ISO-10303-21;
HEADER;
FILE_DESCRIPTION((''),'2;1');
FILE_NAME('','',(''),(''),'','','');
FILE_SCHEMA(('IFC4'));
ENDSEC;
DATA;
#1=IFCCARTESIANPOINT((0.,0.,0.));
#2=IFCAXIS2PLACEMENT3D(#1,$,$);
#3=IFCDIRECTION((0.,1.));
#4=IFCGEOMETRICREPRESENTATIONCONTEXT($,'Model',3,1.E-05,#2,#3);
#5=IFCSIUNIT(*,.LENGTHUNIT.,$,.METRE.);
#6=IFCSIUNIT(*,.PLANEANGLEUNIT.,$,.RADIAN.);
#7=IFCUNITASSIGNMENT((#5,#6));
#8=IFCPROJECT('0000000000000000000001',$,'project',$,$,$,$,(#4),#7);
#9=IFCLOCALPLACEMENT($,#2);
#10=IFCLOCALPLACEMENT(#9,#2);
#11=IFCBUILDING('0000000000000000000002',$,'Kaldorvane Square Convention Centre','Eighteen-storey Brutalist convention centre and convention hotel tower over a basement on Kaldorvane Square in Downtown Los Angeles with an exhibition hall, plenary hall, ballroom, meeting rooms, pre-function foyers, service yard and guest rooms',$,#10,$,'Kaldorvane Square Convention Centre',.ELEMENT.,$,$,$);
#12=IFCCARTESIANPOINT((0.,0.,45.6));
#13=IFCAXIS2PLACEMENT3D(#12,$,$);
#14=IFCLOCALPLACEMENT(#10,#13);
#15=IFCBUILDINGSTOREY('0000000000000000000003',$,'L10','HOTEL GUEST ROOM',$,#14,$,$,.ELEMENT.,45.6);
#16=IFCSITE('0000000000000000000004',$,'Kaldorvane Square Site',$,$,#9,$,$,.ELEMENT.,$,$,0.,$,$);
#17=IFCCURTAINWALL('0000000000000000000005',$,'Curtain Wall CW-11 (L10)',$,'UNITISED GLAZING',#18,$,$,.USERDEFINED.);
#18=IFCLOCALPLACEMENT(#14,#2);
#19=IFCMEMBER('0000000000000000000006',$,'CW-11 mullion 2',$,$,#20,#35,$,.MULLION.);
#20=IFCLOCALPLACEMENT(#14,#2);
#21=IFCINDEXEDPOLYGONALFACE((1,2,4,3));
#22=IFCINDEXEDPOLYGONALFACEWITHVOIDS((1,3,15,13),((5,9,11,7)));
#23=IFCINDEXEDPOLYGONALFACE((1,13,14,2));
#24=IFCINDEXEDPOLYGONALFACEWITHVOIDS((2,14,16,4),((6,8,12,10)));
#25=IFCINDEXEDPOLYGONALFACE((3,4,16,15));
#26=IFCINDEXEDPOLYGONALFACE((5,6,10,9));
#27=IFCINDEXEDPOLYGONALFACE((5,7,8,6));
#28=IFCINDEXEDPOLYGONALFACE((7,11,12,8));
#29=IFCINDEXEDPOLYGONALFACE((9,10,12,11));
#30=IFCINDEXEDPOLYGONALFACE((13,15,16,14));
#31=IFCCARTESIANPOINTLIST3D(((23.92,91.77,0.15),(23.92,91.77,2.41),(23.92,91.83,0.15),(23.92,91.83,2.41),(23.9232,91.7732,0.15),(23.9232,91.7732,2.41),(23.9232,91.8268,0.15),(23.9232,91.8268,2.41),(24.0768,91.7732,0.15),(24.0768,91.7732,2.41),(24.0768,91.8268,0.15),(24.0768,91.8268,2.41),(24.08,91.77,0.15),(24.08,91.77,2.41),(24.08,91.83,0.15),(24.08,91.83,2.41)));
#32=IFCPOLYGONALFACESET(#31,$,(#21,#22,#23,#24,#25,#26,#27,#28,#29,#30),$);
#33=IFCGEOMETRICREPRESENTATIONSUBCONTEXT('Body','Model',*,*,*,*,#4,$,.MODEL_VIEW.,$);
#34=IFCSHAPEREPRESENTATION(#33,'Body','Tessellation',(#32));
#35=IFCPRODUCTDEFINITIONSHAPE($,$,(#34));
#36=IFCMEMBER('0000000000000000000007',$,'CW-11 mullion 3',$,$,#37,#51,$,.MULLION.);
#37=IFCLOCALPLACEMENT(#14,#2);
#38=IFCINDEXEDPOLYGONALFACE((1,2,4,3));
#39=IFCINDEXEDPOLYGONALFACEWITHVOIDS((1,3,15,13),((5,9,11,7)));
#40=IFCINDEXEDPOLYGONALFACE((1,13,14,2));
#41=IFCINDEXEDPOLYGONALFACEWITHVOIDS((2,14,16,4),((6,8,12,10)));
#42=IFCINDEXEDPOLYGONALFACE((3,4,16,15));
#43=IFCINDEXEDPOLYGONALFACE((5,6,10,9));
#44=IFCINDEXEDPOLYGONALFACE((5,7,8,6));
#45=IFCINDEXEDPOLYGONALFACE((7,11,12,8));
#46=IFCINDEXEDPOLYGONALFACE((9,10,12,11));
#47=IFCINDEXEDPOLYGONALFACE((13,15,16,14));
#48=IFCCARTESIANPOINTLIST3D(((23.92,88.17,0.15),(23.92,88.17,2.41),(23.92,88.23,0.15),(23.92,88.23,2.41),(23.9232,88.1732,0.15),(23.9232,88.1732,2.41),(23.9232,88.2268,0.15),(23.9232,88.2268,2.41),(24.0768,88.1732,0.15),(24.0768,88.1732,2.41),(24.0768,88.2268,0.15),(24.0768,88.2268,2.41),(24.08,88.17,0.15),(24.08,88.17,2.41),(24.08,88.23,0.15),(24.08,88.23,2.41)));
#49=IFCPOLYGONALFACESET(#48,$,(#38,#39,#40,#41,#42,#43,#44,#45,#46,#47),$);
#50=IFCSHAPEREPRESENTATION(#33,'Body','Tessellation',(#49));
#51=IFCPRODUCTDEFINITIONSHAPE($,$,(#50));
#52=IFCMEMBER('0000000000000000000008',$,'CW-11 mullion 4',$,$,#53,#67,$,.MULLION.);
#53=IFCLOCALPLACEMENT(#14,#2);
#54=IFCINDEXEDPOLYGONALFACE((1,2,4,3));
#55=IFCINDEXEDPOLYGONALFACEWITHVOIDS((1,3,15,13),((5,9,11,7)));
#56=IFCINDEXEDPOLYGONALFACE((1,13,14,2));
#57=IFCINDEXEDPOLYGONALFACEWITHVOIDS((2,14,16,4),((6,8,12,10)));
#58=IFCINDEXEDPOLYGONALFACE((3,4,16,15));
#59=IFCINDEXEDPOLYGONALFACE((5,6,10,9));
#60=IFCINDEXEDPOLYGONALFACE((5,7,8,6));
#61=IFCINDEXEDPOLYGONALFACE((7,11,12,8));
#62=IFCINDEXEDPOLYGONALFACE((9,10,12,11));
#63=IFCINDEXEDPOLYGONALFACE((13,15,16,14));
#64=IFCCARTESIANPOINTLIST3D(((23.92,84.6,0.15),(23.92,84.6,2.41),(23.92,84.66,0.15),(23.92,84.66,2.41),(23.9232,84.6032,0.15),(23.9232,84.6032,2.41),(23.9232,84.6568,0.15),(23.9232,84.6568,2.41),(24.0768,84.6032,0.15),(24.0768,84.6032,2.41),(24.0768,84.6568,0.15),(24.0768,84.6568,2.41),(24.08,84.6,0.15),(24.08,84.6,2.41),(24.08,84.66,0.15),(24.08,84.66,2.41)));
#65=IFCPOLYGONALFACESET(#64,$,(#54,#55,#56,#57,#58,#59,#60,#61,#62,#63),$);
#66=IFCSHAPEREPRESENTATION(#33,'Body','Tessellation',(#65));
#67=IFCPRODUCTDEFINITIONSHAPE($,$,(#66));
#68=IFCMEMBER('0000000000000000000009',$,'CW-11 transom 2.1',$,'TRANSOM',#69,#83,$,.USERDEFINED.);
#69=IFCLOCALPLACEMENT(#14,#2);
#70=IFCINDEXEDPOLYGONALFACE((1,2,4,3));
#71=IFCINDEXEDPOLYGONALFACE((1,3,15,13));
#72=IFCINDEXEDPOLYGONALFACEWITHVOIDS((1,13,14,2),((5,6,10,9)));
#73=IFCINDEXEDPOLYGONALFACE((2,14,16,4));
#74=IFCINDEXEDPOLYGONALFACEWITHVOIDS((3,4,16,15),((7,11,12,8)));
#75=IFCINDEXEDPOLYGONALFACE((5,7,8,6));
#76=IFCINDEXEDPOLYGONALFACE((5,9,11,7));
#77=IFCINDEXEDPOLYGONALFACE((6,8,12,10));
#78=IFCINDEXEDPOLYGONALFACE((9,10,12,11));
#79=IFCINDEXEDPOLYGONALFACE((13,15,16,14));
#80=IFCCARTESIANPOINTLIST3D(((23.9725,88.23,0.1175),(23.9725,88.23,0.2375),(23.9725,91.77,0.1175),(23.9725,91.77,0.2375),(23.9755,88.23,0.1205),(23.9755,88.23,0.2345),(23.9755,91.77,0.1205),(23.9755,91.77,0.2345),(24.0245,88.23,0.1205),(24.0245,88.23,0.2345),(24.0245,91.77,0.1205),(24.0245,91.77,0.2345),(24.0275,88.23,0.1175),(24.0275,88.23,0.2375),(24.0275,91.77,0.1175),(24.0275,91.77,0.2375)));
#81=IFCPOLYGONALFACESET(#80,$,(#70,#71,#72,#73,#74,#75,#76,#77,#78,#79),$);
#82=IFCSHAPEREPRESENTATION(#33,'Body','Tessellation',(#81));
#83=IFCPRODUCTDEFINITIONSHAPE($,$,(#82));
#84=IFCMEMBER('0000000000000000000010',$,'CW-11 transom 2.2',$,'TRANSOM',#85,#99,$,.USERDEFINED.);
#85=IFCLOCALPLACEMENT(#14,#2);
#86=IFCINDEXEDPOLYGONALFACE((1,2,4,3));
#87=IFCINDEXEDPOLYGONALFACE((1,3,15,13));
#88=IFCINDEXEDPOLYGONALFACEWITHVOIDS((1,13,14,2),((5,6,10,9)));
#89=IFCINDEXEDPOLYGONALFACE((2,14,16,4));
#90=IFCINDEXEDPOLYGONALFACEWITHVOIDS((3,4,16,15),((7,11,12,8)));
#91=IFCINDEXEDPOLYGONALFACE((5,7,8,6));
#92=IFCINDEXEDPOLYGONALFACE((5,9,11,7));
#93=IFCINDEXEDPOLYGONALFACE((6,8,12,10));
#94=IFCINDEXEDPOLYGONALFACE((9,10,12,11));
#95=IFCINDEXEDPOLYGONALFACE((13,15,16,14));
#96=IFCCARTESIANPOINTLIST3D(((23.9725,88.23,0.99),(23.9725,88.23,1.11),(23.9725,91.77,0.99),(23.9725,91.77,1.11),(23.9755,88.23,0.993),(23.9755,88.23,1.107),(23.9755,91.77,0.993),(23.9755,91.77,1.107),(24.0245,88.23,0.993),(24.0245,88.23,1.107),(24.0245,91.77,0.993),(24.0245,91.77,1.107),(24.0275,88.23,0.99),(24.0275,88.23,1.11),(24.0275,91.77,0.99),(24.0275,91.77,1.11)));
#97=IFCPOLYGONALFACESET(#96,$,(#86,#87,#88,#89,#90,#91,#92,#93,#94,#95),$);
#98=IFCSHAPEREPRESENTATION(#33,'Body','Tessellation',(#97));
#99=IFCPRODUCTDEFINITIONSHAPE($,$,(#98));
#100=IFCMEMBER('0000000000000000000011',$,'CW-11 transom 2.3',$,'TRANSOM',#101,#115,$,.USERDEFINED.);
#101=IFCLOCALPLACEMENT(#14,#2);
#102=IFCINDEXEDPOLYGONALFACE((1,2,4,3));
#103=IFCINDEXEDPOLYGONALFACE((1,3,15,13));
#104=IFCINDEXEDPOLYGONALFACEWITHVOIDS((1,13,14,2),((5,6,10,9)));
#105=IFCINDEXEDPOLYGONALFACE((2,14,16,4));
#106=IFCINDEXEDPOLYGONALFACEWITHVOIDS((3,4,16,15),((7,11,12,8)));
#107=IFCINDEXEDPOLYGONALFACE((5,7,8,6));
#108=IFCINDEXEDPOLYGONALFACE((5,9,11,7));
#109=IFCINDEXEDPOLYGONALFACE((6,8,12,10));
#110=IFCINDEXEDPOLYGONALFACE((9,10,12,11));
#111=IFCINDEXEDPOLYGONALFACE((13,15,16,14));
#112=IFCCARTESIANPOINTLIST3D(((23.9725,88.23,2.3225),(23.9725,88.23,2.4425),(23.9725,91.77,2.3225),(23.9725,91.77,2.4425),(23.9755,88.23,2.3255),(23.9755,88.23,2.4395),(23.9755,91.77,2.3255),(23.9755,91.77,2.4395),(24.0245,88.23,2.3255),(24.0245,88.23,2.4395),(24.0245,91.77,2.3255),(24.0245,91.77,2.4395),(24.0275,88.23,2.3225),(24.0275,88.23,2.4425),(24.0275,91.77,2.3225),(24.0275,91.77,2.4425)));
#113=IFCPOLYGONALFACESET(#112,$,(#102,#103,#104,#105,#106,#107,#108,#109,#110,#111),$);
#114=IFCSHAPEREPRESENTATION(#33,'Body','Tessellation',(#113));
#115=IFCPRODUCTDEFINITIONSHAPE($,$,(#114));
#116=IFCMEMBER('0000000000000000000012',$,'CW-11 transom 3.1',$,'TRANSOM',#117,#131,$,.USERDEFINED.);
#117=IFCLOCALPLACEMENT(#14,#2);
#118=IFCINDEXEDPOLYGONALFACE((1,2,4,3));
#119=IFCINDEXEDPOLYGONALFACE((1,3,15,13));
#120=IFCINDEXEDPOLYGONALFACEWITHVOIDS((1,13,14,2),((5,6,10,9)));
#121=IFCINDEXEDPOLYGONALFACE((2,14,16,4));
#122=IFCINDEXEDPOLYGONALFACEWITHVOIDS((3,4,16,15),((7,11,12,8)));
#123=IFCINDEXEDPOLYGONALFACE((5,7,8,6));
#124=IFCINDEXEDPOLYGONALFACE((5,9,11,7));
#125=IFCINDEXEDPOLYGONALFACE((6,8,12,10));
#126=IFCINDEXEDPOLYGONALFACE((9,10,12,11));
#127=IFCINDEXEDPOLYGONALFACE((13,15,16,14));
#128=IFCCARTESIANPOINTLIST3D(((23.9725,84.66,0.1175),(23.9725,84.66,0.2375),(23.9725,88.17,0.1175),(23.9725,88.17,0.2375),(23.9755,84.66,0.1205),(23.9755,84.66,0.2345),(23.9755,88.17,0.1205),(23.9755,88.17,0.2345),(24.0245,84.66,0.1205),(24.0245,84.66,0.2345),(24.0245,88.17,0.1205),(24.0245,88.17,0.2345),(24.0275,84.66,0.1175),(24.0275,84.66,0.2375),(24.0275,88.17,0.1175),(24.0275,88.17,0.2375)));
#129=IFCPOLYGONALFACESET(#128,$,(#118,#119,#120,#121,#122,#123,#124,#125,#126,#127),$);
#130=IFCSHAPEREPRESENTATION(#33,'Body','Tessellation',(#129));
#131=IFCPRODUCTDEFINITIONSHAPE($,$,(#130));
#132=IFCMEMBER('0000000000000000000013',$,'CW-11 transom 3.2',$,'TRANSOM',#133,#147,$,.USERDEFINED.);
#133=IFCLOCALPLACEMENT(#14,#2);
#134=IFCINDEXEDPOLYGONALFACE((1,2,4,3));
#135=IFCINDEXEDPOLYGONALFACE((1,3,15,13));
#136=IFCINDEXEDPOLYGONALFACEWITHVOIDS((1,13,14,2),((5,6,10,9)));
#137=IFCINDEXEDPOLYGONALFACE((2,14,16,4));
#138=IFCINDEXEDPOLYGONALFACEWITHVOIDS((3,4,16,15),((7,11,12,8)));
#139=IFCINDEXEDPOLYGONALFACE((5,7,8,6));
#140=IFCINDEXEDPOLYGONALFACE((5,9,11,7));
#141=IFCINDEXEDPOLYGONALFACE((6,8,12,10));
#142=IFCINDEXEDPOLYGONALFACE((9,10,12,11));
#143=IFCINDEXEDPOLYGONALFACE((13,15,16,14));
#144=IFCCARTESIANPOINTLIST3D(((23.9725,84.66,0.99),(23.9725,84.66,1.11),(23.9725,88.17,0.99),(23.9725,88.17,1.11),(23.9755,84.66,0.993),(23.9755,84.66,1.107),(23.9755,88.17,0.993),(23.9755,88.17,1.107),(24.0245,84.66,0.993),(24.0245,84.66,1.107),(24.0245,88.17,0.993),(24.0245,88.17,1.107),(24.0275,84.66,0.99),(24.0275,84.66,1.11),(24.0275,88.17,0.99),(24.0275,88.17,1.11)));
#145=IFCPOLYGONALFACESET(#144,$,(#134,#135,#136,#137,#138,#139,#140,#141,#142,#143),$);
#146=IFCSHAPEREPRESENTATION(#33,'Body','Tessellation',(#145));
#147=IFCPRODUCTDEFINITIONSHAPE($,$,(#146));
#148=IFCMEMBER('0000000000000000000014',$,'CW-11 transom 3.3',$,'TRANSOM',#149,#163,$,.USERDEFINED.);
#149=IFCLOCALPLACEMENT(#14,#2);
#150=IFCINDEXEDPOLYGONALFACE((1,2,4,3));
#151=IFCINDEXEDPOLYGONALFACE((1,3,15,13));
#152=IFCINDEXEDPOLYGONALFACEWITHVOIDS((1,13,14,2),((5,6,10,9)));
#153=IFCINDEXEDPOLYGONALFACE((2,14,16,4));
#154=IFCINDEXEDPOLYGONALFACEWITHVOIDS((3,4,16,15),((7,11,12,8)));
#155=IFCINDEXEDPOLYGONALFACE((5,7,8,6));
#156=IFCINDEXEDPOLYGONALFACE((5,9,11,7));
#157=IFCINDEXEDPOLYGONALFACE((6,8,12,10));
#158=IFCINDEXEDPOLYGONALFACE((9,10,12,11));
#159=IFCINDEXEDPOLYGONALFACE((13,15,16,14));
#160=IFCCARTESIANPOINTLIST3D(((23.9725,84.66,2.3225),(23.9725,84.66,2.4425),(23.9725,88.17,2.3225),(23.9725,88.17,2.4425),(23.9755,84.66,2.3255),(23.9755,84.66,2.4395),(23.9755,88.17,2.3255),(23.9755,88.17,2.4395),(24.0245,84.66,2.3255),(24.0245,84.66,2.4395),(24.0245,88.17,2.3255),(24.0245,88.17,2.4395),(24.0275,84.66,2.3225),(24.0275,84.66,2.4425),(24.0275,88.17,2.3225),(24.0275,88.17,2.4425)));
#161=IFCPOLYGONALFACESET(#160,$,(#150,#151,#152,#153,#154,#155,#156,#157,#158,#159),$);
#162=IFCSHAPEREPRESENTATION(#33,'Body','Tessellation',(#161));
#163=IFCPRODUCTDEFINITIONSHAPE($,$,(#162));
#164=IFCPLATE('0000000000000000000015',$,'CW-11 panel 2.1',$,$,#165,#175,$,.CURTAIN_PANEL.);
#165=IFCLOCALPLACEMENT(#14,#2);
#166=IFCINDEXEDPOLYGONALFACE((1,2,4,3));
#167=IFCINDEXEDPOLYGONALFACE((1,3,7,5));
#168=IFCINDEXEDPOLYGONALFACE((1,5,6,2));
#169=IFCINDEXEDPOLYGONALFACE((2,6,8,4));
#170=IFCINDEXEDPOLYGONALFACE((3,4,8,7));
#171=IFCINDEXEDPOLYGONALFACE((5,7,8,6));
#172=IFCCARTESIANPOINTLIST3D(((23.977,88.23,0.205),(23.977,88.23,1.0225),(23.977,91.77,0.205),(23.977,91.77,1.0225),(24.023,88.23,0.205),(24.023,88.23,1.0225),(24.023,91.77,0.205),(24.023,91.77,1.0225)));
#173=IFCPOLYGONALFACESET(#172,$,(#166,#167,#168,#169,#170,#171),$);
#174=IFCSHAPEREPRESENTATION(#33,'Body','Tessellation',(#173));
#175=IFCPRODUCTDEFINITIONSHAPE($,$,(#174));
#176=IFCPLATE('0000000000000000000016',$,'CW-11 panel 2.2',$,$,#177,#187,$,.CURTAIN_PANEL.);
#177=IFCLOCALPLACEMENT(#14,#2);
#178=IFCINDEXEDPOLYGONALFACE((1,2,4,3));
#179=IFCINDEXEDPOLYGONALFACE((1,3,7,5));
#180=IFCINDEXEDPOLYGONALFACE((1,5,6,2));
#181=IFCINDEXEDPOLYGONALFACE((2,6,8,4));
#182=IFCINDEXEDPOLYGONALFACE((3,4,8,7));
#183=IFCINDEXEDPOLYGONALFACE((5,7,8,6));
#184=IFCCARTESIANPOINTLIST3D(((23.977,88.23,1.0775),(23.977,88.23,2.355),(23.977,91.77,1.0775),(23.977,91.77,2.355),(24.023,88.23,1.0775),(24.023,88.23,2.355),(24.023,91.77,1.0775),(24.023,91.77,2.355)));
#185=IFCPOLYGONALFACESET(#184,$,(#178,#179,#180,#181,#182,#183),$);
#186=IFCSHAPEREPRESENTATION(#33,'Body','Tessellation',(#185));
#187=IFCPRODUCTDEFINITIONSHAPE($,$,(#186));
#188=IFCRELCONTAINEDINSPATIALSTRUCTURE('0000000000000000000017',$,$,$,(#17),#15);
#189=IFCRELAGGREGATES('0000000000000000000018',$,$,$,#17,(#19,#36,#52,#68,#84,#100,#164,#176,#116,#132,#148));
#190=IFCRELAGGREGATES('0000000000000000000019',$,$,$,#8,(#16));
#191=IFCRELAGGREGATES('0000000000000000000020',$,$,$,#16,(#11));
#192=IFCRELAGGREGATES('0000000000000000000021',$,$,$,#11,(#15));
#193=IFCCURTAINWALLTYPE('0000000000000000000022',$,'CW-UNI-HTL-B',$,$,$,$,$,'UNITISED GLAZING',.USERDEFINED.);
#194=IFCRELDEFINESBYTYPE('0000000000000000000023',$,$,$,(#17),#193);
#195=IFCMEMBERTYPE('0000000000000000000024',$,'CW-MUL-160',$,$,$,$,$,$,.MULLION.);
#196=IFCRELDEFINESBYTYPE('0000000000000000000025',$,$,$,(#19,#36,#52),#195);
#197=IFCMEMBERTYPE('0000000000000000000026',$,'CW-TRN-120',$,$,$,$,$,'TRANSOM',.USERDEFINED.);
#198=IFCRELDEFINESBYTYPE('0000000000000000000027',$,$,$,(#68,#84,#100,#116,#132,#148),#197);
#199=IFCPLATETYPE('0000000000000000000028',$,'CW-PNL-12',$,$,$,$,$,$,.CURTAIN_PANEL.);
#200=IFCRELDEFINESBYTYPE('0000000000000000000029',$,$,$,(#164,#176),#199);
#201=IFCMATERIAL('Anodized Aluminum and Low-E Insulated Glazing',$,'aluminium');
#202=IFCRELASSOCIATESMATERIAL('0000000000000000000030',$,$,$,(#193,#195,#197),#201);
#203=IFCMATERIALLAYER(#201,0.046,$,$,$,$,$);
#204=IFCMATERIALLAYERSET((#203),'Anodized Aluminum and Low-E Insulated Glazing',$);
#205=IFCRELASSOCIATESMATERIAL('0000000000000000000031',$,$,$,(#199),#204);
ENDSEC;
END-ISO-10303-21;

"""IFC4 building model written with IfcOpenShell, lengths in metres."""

from ifc_helpers import new_model, si_unit, direction, frame, origin, origin_2d, place, context, subcontext, project, spatial, rectangle, hollow_rectangle, extrude, material, layer, layer_set, material_profile, profile_set, type_object, element, aggregate, save


model = new_model("IFC4")

# Units and contexts
model_context = context("Model", 3, precision=1e-05, world=origin(), true_north=direction((0.0, 1.0)))
body_context = subcontext(model_context, "Body", "Model", "MODEL_VIEW")
ifc_project = project(units=[si_unit("LENGTHUNIT", "METRE"), si_unit("PLANEANGLEUNIT", "RADIAN")], contexts=[model_context])

# Site, building, storey
site_placement = place(None, origin())
site = spatial("IfcSite", under=ifc_project, at=site_placement, Name="Kaldorvane Square Site", CompositionType="ELEMENT", RefElevation=0.0)
building_placement = place(site_placement, origin())
building = spatial("IfcBuilding", under=site, at=building_placement, Name="Kaldorvane Square Convention Centre", Description="Eighteen-storey Brutalist convention centre and convention hotel tower over a basement on Kaldorvane Square in Downtown Los Angeles with an exhibition hall, plenary hall, ballroom, meeting rooms, pre-function foyers, service yard and guest rooms", LongName="Kaldorvane Square Convention Centre", CompositionType="ELEMENT")
storey_placement = place(building_placement, frame((0.0, 0.0, 45.6)))
storey = spatial("IfcBuildingStorey", under=building, at=storey_placement, Name="L10", Description="HOTEL GUEST ROOM", CompositionType="ELEMENT", Elevation=45.6)

# Curtain wall, members, plates
ifc_material_1 = material(Name="Anodized Aluminum and Low-E Insulated Glazing", Category="aluminium")
curtain_wall_type = type_object("IfcCurtainWallType", Name="CW-UNI-HTL-B", ElementType="UNITISED GLAZING", PredefinedType="USERDEFINED", material=ifc_material_1)
curtain_wall_placement = place(storey_placement, origin())
curtain_wall = element("IfcCurtainWall", 1, at=curtain_wall_placement, inside=storey, type_object=curtain_wall_type, Name="Curtain Wall CW-11 (L10)", ObjectType="UNITISED GLAZING", PredefinedType="USERDEFINED")
ifc_material_profile_1 = material_profile(ifc_material_1, hollow_rectangle(XDim=0.06, YDim=0.16, WallThickness=0.0032, at=origin_2d()), Name="CWM-160X60")
ifc_profile_set_1 = profile_set([ifc_material_profile_1], Name="Anodized Aluminum and Low-E Insulated Glazing")
member_type_1 = type_object("IfcMemberType", Name="CW-MUL-160", PredefinedType="MULLION", material=ifc_profile_set_1)
member_1_placement = place(storey_placement, frame((24.0, 91.8, 0.15), z_axis=(0.0, 0.0, 1.0), x_axis=(0.0, -1.0, 0.0)))
member_1 = element("IfcMember", 2, at=member_1_placement, type_object=member_type_1, Name="CW-11 mullion 2", PredefinedType="MULLION", context=body_context, shape_type="SweptSolid", body=[
    extrude(hollow_rectangle(XDim=0.06, YDim=0.16, WallThickness=0.0032, at=origin_2d()), origin(), (0.0, 0.0, 1.0), 2.26),
])
member_2_placement = place(storey_placement, frame((24.0, 88.2, 0.15), z_axis=(0.0, 0.0, 1.0), x_axis=(0.0, -1.0, 0.0)))
member_2 = element("IfcMember", 3, at=member_2_placement, type_object=member_type_1, Name="CW-11 mullion 3", PredefinedType="MULLION", context=body_context, shape_type="SweptSolid", body=[
    extrude(hollow_rectangle(XDim=0.06, YDim=0.16, WallThickness=0.0032, at=origin_2d()), origin(), (0.0, 0.0, 1.0), 2.26),
])
member_3_placement = place(storey_placement, frame((24.0, 84.63, 0.15), z_axis=(0.0, 0.0, 1.0), x_axis=(0.0, -1.0, 0.0)))
member_3 = element("IfcMember", 4, at=member_3_placement, type_object=member_type_1, Name="CW-11 mullion 4", PredefinedType="MULLION", context=body_context, shape_type="SweptSolid", body=[
    extrude(hollow_rectangle(XDim=0.06, YDim=0.16, WallThickness=0.0032, at=origin_2d()), origin(), (0.0, 0.0, 1.0), 2.26),
])
ifc_material_profile_2 = material_profile(ifc_material_1, hollow_rectangle(XDim=0.055, YDim=0.12, WallThickness=0.003, at=origin_2d()), Name="CWT-120X55")
ifc_profile_set_2 = profile_set([ifc_material_profile_2], Name="Anodized Aluminum and Low-E Insulated Glazing")
member_type_2 = type_object("IfcMemberType", Name="CW-TRN-120", ElementType="TRANSOM", PredefinedType="USERDEFINED", material=ifc_profile_set_2)
member_4_placement = place(storey_placement, frame((24.0, 91.77, 0.1775), z_axis=(0.0, -1.0, 0.0), x_axis=(1.0, 0.0, 0.0)))
member_4 = element("IfcMember", 5, at=member_4_placement, type_object=member_type_2, Name="CW-11 transom 2.1", ObjectType="TRANSOM", PredefinedType="USERDEFINED", context=body_context, shape_type="SweptSolid", body=[
    extrude(hollow_rectangle(XDim=0.055, YDim=0.12, WallThickness=0.003, at=origin_2d()), origin(), (0.0, 0.0, 1.0), 3.54),
])
member_5_placement = place(storey_placement, frame((24.0, 91.77, 1.05), z_axis=(0.0, -1.0, 0.0), x_axis=(1.0, 0.0, 0.0)))
member_5 = element("IfcMember", 6, at=member_5_placement, type_object=member_type_2, Name="CW-11 transom 2.2", ObjectType="TRANSOM", PredefinedType="USERDEFINED", context=body_context, shape_type="SweptSolid", body=[
    extrude(hollow_rectangle(XDim=0.055, YDim=0.12, WallThickness=0.003, at=origin_2d()), origin(), (0.0, 0.0, 1.0), 3.54),
])
member_6_placement = place(storey_placement, frame((24.0, 91.77, 2.3825), z_axis=(0.0, -1.0, 0.0), x_axis=(1.0, 0.0, 0.0)))
member_6 = element("IfcMember", 7, at=member_6_placement, type_object=member_type_2, Name="CW-11 transom 2.3", ObjectType="TRANSOM", PredefinedType="USERDEFINED", context=body_context, shape_type="SweptSolid", body=[
    extrude(hollow_rectangle(XDim=0.055, YDim=0.12, WallThickness=0.003, at=origin_2d()), origin(), (0.0, 0.0, 1.0), 3.54),
])
member_7_placement = place(storey_placement, frame((24.0, 88.17, 0.1775), z_axis=(0.0, -1.0, 0.0), x_axis=(1.0, 0.0, 0.0)))
member_7 = element("IfcMember", 8, at=member_7_placement, type_object=member_type_2, Name="CW-11 transom 3.1", ObjectType="TRANSOM", PredefinedType="USERDEFINED", context=body_context, shape_type="SweptSolid", body=[
    extrude(hollow_rectangle(XDim=0.055, YDim=0.12, WallThickness=0.003, at=origin_2d()), origin(), (0.0, 0.0, 1.0), 3.51),
])
member_8_placement = place(storey_placement, frame((24.0, 88.17, 1.05), z_axis=(0.0, -1.0, 0.0), x_axis=(1.0, 0.0, 0.0)))
member_8 = element("IfcMember", 9, at=member_8_placement, type_object=member_type_2, Name="CW-11 transom 3.2", ObjectType="TRANSOM", PredefinedType="USERDEFINED", context=body_context, shape_type="SweptSolid", body=[
    extrude(hollow_rectangle(XDim=0.055, YDim=0.12, WallThickness=0.003, at=origin_2d()), origin(), (0.0, 0.0, 1.0), 3.51),
])
member_9_placement = place(storey_placement, frame((24.0, 88.17, 2.3825), z_axis=(0.0, -1.0, 0.0), x_axis=(1.0, 0.0, 0.0)))
member_9 = element("IfcMember", 10, at=member_9_placement, type_object=member_type_2, Name="CW-11 transom 3.3", ObjectType="TRANSOM", PredefinedType="USERDEFINED", context=body_context, shape_type="SweptSolid", body=[
    extrude(hollow_rectangle(XDim=0.055, YDim=0.12, WallThickness=0.003, at=origin_2d()), origin(), (0.0, 0.0, 1.0), 3.51),
])
ifc_layer_1 = layer(ifc_material_1, 0.046)
ifc_layer_set_1 = layer_set([ifc_layer_1], Name="Anodized Aluminum and Low-E Insulated Glazing")
plate_type = type_object("IfcPlateType", Name="CW-PNL-12", PredefinedType="CURTAIN_PANEL", material=ifc_layer_set_1)
plate_1_placement = place(storey_placement, frame((24.0, 90.0, 0.205), z_axis=(0.0, 0.0, 1.0), x_axis=(0.0, -1.0, 0.0)))
plate_1 = element("IfcPlate", 11, at=plate_1_placement, type_object=plate_type, Name="CW-11 panel 2.1", PredefinedType="CURTAIN_PANEL", context=body_context, shape_type="SweptSolid", body=[
    extrude(rectangle(XDim=3.54, YDim=0.046, at=origin_2d()), origin(), (0.0, 0.0, 1.0), 0.8175),
])
plate_2_placement = place(storey_placement, frame((24.0, 90.0, 1.0775), z_axis=(0.0, 0.0, 1.0), x_axis=(0.0, -1.0, 0.0)))
plate_2 = element("IfcPlate", 12, at=plate_2_placement, type_object=plate_type, Name="CW-11 panel 2.2", PredefinedType="CURTAIN_PANEL", context=body_context, shape_type="SweptSolid", body=[
    extrude(rectangle(XDim=3.54, YDim=0.046, at=origin_2d()), origin(), (0.0, 0.0, 1.0), 1.2775),
])
aggregate(curtain_wall, [member_1, member_2, member_3, member_4, member_5, member_6, plate_1, plate_2, member_7, member_8, member_9])

save(model, "model.ifc")
